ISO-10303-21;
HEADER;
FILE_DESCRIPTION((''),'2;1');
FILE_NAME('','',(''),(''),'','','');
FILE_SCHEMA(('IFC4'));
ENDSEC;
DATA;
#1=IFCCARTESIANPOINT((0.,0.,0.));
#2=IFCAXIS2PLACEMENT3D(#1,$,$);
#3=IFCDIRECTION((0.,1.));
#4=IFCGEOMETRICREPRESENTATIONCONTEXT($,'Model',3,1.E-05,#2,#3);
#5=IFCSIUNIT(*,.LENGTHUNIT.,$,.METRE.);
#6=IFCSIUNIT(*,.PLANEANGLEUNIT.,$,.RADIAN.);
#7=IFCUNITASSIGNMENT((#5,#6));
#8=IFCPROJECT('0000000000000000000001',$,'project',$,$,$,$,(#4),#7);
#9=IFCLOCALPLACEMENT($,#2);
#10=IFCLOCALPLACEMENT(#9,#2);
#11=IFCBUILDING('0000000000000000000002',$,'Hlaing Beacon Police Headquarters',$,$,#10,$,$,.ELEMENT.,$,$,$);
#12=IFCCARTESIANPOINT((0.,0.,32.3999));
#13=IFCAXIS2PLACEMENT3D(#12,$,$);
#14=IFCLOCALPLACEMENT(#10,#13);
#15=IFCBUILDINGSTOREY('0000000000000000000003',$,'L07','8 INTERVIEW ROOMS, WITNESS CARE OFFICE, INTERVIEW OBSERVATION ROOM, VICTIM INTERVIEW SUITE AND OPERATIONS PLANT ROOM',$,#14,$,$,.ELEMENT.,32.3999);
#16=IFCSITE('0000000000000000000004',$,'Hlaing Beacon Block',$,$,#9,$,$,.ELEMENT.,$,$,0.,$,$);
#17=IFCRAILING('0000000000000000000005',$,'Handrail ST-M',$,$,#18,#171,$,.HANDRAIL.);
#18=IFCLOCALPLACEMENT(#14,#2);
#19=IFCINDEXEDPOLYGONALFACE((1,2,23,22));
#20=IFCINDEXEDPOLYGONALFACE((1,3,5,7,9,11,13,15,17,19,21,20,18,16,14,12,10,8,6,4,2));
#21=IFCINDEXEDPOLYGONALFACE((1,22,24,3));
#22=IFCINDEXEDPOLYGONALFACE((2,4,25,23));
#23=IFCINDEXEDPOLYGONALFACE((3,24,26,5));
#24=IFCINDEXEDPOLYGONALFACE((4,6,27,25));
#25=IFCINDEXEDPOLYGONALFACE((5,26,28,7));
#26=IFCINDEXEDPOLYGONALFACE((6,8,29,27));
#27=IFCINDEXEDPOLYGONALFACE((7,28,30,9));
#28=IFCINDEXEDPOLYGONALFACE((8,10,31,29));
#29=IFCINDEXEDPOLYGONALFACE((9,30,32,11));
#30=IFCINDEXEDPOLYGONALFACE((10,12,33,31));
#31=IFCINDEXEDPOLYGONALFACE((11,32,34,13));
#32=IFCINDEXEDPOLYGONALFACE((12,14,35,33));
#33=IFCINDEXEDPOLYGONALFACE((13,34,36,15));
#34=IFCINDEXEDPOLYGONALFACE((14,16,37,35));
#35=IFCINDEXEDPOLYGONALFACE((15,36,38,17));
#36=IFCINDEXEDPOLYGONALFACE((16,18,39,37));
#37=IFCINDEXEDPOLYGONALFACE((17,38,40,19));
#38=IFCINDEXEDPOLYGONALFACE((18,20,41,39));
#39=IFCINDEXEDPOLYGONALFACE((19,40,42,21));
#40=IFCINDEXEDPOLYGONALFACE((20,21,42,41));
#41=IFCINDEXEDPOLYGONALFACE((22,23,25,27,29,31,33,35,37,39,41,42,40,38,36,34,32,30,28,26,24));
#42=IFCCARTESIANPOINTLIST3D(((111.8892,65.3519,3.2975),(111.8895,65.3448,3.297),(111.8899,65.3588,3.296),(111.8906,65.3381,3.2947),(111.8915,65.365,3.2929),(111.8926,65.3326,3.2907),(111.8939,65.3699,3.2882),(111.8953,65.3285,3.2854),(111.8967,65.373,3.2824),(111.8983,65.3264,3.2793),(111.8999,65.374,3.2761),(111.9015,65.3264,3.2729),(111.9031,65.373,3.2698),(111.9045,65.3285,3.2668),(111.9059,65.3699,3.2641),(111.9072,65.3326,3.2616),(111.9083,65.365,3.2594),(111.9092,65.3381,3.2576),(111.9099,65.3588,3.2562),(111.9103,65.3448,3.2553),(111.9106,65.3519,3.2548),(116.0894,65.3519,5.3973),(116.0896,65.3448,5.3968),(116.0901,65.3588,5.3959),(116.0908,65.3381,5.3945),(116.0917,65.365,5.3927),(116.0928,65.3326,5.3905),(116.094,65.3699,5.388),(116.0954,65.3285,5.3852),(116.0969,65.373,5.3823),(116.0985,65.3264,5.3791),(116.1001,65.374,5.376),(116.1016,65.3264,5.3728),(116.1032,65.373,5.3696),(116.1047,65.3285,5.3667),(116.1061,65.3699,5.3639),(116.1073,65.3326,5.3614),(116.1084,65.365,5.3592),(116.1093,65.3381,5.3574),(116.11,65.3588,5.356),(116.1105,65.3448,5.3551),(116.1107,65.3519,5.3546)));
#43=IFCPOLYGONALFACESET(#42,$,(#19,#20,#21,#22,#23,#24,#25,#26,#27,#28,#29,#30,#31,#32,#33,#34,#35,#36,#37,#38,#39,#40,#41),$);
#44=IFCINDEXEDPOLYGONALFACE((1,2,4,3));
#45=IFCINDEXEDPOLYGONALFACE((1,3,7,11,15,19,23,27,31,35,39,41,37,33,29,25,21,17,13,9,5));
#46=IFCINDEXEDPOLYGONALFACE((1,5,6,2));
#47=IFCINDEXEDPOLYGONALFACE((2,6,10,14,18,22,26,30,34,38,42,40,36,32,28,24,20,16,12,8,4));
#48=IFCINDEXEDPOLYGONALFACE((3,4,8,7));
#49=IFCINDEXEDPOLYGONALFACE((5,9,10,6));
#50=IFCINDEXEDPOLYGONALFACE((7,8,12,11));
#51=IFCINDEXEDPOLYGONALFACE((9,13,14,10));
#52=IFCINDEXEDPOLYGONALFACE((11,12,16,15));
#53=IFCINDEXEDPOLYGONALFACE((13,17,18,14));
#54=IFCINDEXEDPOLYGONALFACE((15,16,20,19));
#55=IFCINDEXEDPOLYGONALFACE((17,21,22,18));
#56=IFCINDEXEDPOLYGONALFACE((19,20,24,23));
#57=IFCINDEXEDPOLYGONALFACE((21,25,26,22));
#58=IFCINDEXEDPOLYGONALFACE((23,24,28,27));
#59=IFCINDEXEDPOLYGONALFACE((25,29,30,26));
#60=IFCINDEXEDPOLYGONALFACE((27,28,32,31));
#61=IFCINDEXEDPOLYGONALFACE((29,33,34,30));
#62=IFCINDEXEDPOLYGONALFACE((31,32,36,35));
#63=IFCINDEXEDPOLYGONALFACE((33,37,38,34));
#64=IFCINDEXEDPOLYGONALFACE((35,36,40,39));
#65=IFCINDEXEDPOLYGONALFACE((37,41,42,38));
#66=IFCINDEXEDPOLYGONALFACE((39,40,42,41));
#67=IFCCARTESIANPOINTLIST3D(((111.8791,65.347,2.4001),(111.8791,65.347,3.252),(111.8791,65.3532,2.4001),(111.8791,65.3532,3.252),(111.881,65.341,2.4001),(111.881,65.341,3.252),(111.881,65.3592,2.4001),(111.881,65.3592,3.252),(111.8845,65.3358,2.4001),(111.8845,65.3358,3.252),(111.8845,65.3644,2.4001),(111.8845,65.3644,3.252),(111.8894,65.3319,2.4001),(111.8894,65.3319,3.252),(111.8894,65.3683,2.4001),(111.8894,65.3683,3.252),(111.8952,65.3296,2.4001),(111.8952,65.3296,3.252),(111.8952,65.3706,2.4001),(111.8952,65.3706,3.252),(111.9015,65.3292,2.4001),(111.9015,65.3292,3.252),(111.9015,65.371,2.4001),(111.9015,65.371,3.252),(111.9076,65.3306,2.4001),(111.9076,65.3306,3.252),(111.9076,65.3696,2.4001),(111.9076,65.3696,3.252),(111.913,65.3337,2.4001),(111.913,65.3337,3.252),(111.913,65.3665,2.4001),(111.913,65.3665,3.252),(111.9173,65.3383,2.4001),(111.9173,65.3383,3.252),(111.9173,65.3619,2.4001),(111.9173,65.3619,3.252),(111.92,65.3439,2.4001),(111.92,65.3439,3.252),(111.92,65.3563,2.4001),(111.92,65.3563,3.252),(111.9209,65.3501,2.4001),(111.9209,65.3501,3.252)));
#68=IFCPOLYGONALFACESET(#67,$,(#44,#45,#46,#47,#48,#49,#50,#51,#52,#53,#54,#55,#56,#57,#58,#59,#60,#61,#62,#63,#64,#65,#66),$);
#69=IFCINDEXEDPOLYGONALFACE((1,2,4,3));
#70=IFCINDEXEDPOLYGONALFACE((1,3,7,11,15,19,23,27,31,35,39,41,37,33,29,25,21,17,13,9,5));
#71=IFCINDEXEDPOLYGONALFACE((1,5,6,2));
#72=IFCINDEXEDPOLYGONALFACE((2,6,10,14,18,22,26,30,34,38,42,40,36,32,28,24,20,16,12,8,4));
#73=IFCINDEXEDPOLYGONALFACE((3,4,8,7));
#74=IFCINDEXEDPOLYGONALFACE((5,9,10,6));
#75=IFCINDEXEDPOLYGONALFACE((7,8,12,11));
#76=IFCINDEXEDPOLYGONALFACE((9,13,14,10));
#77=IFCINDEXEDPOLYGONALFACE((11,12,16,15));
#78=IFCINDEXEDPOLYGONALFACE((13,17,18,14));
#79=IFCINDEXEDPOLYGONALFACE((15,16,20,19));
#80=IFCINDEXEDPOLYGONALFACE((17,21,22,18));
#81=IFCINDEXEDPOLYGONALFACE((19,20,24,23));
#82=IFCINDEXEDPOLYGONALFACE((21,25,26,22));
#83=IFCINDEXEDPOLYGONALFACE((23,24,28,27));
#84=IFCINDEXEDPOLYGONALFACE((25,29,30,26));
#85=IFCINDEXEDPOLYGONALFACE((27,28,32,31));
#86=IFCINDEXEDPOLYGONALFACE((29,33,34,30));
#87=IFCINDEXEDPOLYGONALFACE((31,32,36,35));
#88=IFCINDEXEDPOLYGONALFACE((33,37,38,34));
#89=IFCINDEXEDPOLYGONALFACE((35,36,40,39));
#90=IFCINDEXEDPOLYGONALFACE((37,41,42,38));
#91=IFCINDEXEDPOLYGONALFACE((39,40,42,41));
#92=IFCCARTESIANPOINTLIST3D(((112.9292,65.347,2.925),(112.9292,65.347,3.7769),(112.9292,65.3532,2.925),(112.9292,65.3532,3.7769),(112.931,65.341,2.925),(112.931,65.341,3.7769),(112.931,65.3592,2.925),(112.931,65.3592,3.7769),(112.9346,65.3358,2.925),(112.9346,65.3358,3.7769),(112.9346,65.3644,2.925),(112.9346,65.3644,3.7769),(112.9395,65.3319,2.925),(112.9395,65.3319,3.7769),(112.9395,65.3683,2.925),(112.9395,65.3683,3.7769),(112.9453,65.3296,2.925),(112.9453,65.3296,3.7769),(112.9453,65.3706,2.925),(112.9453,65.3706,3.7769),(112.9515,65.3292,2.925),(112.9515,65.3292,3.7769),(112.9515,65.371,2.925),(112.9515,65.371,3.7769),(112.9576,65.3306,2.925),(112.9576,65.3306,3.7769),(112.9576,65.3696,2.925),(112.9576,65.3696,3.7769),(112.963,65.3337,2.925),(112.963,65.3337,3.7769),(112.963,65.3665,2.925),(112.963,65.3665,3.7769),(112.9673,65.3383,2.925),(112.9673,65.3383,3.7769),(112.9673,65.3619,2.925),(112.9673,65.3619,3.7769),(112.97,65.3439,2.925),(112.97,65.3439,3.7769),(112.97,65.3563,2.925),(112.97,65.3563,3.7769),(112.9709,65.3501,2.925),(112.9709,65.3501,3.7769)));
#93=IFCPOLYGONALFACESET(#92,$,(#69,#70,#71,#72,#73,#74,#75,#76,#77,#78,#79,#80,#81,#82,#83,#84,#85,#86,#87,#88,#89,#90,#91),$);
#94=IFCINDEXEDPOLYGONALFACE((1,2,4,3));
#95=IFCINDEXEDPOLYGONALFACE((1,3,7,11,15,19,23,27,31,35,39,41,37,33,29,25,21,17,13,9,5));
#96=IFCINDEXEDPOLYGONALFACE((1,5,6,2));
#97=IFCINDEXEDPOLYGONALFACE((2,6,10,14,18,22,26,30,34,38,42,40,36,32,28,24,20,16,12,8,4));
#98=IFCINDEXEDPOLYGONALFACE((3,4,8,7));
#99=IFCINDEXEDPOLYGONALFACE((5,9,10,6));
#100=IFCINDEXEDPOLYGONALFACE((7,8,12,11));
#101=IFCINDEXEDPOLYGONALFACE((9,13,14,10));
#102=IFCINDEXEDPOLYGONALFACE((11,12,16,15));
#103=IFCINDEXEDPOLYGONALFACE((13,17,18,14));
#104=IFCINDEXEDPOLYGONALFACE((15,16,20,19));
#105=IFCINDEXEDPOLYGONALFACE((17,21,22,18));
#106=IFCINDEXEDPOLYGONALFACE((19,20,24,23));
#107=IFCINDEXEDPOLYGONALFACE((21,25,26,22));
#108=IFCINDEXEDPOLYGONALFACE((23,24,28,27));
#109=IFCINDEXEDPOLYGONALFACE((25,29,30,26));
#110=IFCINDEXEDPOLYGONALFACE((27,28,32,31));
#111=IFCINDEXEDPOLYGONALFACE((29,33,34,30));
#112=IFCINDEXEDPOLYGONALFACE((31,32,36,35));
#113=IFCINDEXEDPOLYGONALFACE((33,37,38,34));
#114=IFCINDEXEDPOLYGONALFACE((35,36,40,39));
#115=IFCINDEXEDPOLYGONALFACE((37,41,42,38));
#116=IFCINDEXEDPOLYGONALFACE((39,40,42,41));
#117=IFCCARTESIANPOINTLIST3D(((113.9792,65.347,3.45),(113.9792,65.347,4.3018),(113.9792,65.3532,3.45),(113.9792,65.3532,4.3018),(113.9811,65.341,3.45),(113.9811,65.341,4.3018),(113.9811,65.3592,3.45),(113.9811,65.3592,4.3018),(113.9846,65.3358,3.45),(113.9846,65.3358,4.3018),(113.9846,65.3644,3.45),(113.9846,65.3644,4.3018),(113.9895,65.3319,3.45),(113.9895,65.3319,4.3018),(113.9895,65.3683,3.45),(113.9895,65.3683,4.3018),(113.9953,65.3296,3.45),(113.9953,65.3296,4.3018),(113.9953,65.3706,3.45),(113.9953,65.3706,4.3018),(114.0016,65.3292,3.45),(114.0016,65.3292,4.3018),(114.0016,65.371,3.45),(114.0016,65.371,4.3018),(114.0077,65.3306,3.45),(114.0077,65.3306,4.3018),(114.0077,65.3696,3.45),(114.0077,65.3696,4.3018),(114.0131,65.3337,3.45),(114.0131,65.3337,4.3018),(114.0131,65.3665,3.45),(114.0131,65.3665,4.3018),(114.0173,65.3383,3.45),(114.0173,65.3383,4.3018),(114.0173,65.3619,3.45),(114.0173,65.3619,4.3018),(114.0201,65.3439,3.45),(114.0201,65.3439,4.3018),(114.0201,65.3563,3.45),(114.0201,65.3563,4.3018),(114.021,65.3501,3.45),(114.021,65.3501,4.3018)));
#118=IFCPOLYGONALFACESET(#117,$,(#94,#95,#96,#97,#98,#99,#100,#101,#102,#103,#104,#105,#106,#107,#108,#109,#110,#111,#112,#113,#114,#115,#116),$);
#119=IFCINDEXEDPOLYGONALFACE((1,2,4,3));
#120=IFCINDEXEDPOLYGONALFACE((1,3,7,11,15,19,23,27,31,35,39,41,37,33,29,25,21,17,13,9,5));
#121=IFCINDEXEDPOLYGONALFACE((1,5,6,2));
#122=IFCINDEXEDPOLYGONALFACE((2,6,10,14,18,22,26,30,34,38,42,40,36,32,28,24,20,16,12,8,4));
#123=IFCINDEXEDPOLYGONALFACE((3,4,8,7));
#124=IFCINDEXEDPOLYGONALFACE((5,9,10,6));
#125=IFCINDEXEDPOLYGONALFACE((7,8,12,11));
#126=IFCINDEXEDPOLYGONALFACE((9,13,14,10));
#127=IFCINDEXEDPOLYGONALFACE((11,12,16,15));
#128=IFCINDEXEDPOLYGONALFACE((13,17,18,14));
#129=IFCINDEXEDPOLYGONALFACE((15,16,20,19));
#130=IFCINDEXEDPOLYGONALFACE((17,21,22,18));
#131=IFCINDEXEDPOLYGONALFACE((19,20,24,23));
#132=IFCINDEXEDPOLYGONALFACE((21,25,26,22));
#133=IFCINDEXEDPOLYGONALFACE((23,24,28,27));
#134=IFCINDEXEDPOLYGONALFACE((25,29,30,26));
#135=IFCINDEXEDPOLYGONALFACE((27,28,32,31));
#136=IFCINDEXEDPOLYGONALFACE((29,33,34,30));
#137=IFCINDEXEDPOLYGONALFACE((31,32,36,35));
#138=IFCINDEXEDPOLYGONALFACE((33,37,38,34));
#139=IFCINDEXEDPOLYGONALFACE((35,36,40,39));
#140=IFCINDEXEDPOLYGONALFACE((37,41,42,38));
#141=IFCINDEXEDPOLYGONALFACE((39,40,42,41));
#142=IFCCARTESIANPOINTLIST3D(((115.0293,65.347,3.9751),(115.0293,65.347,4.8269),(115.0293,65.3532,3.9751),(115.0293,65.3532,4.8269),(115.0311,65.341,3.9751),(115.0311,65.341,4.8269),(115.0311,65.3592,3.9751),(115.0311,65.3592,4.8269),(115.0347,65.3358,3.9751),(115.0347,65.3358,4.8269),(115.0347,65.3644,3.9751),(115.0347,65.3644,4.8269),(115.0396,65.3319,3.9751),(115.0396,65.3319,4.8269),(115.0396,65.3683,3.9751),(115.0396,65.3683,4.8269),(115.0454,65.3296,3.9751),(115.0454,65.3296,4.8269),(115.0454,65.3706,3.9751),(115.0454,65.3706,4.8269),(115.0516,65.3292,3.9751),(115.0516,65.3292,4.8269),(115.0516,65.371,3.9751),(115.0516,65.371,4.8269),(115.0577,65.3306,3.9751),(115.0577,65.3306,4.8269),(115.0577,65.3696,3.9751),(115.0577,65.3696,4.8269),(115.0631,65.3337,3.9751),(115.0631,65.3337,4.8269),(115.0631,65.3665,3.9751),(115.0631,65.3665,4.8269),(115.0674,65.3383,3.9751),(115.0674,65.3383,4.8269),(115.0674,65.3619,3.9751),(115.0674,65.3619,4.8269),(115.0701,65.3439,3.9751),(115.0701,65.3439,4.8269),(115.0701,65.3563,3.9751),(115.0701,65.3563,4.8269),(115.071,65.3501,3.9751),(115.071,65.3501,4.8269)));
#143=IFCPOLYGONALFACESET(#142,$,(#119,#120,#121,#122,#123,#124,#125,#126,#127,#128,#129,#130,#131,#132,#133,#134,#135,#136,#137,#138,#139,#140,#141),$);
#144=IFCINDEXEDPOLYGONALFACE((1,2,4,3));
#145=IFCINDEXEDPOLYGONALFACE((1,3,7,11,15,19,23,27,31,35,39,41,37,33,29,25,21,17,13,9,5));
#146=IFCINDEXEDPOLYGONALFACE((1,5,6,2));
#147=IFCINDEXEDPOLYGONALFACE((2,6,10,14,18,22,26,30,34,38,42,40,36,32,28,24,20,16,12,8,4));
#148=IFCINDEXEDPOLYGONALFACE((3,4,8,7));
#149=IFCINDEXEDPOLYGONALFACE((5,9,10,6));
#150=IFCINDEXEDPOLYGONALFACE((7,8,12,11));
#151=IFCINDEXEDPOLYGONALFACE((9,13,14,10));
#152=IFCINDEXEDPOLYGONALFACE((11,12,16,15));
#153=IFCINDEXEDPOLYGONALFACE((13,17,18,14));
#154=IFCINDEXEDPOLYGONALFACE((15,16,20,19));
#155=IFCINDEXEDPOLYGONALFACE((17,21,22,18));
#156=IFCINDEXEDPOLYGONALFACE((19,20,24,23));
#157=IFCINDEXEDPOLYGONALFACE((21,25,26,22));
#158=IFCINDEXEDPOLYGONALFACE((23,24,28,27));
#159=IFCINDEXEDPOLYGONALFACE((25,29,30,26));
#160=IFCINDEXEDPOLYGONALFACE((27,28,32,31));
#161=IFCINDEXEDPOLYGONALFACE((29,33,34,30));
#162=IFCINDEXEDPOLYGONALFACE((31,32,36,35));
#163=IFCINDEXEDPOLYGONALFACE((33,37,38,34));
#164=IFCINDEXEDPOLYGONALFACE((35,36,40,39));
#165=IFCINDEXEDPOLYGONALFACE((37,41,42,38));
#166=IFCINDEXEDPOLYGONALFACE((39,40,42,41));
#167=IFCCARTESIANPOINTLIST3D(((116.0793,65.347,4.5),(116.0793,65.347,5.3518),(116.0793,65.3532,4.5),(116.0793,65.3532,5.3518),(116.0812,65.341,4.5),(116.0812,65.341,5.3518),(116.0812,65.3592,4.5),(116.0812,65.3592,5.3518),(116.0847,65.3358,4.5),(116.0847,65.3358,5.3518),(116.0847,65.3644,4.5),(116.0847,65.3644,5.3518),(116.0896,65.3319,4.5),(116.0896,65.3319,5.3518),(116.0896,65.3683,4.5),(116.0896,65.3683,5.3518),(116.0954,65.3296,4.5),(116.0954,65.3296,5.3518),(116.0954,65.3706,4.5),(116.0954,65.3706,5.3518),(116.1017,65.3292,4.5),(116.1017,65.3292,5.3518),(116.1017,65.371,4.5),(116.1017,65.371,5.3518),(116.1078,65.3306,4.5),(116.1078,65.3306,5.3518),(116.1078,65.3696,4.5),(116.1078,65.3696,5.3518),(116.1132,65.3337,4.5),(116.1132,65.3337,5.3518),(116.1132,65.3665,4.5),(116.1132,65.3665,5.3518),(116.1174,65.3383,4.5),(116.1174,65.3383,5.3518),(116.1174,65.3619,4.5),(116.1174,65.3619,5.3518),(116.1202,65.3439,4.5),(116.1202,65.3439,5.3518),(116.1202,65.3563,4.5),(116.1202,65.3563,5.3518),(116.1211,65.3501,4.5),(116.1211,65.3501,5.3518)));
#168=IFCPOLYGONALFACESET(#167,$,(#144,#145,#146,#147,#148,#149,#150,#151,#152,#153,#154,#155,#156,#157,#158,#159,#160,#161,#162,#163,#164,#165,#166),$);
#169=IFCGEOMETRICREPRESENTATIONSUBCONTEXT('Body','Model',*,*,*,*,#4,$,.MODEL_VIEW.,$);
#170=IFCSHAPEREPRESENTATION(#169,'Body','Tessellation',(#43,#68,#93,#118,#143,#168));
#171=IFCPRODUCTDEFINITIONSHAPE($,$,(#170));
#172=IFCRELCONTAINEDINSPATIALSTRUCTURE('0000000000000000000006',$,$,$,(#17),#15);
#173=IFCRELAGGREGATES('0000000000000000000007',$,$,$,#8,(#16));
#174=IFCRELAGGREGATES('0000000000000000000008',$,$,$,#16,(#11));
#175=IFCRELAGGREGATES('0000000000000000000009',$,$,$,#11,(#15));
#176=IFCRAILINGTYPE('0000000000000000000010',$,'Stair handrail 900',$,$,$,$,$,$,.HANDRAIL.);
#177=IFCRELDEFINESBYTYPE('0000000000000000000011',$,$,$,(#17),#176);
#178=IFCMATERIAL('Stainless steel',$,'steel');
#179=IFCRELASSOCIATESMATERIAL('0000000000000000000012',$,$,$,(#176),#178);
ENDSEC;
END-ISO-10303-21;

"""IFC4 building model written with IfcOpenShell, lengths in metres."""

from ifc_helpers import new_model, si_unit, direction, frame, origin, origin_2d, place, context, subcontext, project, spatial, circle, extrude, material, type_object, element, save


model = new_model("IFC4")

# Units and contexts
model_context = context("Model", 3, precision=1e-05, world=origin(), true_north=direction((0.0, 1.0)))
body_context = subcontext(model_context, "Body", "Model", "MODEL_VIEW")
ifc_project = project(units=[si_unit("LENGTHUNIT", "METRE"), si_unit("PLANEANGLEUNIT", "RADIAN")], contexts=[model_context])

# Site, building, storey
site_placement = place(None, origin())
site = spatial("IfcSite", under=ifc_project, at=site_placement, Name="Hlaing Beacon Block", CompositionType="ELEMENT", RefElevation=0.0)
building_placement = place(site_placement, origin())
building = spatial("IfcBuilding", under=site, at=building_placement, Name="Hlaing Beacon Police Headquarters", CompositionType="ELEMENT")
storey_placement = place(building_placement, frame((0.0, 0.0, 32.3999)))
storey = spatial("IfcBuildingStorey", under=building, at=storey_placement, Name="L07", Description="8 INTERVIEW ROOMS, WITNESS CARE OFFICE, INTERVIEW OBSERVATION ROOM, VICTIM INTERVIEW SUITE AND OPERATIONS PLANT ROOM", CompositionType="ELEMENT", Elevation=32.3999)

# Railing
ifc_material_1 = material(Name="Stainless steel", Category="steel")
railing_type_1 = type_object("IfcRailingType", Name="Stair handrail 900", PredefinedType="HANDRAIL", material=ifc_material_1)
for number, where, name in (
    (1, (111.8999, 65.3501, 2.4001), "Handrail ST-M"),
):
    element("IfcRailing", number, at=place(storey_placement, frame(where)), inside=storey, type_object=railing_type_1, Name=name, PredefinedType="HANDRAIL", context=body_context, shape_type="SweptSolid", body=[
        extrude(circle(Radius=0.0239, at=origin_2d()), frame((0.0, 0.0, 0.876), z_axis=(0.894448, 0.0, 0.447172), x_axis=(0.0, 1.0, 0.0)), (0.0, 0.0, 1.0), 4.6958),
        extrude(circle(Radius=0.021, at=origin_2d()), origin(), (0.0, 0.0, 1.0), 0.8518),
        extrude(circle(Radius=0.021, at=origin_2d()), frame((1.05, 0.0, 0.5249)), (0.0, 0.0, 1.0), 0.8518),
        extrude(circle(Radius=0.021, at=origin_2d()), frame((2.1001, 0.0, 1.0498)), (0.0, 0.0, 1.0), 0.8518),
        extrude(circle(Radius=0.021, at=origin_2d()), frame((3.1501, 0.0, 1.575)), (0.0, 0.0, 1.0), 0.8518),
        extrude(circle(Radius=0.021, at=origin_2d()), frame((4.2002, 0.0, 2.0999)), (0.0, 0.0, 1.0), 0.8518),
    ])

save(model, "model.ifc")
